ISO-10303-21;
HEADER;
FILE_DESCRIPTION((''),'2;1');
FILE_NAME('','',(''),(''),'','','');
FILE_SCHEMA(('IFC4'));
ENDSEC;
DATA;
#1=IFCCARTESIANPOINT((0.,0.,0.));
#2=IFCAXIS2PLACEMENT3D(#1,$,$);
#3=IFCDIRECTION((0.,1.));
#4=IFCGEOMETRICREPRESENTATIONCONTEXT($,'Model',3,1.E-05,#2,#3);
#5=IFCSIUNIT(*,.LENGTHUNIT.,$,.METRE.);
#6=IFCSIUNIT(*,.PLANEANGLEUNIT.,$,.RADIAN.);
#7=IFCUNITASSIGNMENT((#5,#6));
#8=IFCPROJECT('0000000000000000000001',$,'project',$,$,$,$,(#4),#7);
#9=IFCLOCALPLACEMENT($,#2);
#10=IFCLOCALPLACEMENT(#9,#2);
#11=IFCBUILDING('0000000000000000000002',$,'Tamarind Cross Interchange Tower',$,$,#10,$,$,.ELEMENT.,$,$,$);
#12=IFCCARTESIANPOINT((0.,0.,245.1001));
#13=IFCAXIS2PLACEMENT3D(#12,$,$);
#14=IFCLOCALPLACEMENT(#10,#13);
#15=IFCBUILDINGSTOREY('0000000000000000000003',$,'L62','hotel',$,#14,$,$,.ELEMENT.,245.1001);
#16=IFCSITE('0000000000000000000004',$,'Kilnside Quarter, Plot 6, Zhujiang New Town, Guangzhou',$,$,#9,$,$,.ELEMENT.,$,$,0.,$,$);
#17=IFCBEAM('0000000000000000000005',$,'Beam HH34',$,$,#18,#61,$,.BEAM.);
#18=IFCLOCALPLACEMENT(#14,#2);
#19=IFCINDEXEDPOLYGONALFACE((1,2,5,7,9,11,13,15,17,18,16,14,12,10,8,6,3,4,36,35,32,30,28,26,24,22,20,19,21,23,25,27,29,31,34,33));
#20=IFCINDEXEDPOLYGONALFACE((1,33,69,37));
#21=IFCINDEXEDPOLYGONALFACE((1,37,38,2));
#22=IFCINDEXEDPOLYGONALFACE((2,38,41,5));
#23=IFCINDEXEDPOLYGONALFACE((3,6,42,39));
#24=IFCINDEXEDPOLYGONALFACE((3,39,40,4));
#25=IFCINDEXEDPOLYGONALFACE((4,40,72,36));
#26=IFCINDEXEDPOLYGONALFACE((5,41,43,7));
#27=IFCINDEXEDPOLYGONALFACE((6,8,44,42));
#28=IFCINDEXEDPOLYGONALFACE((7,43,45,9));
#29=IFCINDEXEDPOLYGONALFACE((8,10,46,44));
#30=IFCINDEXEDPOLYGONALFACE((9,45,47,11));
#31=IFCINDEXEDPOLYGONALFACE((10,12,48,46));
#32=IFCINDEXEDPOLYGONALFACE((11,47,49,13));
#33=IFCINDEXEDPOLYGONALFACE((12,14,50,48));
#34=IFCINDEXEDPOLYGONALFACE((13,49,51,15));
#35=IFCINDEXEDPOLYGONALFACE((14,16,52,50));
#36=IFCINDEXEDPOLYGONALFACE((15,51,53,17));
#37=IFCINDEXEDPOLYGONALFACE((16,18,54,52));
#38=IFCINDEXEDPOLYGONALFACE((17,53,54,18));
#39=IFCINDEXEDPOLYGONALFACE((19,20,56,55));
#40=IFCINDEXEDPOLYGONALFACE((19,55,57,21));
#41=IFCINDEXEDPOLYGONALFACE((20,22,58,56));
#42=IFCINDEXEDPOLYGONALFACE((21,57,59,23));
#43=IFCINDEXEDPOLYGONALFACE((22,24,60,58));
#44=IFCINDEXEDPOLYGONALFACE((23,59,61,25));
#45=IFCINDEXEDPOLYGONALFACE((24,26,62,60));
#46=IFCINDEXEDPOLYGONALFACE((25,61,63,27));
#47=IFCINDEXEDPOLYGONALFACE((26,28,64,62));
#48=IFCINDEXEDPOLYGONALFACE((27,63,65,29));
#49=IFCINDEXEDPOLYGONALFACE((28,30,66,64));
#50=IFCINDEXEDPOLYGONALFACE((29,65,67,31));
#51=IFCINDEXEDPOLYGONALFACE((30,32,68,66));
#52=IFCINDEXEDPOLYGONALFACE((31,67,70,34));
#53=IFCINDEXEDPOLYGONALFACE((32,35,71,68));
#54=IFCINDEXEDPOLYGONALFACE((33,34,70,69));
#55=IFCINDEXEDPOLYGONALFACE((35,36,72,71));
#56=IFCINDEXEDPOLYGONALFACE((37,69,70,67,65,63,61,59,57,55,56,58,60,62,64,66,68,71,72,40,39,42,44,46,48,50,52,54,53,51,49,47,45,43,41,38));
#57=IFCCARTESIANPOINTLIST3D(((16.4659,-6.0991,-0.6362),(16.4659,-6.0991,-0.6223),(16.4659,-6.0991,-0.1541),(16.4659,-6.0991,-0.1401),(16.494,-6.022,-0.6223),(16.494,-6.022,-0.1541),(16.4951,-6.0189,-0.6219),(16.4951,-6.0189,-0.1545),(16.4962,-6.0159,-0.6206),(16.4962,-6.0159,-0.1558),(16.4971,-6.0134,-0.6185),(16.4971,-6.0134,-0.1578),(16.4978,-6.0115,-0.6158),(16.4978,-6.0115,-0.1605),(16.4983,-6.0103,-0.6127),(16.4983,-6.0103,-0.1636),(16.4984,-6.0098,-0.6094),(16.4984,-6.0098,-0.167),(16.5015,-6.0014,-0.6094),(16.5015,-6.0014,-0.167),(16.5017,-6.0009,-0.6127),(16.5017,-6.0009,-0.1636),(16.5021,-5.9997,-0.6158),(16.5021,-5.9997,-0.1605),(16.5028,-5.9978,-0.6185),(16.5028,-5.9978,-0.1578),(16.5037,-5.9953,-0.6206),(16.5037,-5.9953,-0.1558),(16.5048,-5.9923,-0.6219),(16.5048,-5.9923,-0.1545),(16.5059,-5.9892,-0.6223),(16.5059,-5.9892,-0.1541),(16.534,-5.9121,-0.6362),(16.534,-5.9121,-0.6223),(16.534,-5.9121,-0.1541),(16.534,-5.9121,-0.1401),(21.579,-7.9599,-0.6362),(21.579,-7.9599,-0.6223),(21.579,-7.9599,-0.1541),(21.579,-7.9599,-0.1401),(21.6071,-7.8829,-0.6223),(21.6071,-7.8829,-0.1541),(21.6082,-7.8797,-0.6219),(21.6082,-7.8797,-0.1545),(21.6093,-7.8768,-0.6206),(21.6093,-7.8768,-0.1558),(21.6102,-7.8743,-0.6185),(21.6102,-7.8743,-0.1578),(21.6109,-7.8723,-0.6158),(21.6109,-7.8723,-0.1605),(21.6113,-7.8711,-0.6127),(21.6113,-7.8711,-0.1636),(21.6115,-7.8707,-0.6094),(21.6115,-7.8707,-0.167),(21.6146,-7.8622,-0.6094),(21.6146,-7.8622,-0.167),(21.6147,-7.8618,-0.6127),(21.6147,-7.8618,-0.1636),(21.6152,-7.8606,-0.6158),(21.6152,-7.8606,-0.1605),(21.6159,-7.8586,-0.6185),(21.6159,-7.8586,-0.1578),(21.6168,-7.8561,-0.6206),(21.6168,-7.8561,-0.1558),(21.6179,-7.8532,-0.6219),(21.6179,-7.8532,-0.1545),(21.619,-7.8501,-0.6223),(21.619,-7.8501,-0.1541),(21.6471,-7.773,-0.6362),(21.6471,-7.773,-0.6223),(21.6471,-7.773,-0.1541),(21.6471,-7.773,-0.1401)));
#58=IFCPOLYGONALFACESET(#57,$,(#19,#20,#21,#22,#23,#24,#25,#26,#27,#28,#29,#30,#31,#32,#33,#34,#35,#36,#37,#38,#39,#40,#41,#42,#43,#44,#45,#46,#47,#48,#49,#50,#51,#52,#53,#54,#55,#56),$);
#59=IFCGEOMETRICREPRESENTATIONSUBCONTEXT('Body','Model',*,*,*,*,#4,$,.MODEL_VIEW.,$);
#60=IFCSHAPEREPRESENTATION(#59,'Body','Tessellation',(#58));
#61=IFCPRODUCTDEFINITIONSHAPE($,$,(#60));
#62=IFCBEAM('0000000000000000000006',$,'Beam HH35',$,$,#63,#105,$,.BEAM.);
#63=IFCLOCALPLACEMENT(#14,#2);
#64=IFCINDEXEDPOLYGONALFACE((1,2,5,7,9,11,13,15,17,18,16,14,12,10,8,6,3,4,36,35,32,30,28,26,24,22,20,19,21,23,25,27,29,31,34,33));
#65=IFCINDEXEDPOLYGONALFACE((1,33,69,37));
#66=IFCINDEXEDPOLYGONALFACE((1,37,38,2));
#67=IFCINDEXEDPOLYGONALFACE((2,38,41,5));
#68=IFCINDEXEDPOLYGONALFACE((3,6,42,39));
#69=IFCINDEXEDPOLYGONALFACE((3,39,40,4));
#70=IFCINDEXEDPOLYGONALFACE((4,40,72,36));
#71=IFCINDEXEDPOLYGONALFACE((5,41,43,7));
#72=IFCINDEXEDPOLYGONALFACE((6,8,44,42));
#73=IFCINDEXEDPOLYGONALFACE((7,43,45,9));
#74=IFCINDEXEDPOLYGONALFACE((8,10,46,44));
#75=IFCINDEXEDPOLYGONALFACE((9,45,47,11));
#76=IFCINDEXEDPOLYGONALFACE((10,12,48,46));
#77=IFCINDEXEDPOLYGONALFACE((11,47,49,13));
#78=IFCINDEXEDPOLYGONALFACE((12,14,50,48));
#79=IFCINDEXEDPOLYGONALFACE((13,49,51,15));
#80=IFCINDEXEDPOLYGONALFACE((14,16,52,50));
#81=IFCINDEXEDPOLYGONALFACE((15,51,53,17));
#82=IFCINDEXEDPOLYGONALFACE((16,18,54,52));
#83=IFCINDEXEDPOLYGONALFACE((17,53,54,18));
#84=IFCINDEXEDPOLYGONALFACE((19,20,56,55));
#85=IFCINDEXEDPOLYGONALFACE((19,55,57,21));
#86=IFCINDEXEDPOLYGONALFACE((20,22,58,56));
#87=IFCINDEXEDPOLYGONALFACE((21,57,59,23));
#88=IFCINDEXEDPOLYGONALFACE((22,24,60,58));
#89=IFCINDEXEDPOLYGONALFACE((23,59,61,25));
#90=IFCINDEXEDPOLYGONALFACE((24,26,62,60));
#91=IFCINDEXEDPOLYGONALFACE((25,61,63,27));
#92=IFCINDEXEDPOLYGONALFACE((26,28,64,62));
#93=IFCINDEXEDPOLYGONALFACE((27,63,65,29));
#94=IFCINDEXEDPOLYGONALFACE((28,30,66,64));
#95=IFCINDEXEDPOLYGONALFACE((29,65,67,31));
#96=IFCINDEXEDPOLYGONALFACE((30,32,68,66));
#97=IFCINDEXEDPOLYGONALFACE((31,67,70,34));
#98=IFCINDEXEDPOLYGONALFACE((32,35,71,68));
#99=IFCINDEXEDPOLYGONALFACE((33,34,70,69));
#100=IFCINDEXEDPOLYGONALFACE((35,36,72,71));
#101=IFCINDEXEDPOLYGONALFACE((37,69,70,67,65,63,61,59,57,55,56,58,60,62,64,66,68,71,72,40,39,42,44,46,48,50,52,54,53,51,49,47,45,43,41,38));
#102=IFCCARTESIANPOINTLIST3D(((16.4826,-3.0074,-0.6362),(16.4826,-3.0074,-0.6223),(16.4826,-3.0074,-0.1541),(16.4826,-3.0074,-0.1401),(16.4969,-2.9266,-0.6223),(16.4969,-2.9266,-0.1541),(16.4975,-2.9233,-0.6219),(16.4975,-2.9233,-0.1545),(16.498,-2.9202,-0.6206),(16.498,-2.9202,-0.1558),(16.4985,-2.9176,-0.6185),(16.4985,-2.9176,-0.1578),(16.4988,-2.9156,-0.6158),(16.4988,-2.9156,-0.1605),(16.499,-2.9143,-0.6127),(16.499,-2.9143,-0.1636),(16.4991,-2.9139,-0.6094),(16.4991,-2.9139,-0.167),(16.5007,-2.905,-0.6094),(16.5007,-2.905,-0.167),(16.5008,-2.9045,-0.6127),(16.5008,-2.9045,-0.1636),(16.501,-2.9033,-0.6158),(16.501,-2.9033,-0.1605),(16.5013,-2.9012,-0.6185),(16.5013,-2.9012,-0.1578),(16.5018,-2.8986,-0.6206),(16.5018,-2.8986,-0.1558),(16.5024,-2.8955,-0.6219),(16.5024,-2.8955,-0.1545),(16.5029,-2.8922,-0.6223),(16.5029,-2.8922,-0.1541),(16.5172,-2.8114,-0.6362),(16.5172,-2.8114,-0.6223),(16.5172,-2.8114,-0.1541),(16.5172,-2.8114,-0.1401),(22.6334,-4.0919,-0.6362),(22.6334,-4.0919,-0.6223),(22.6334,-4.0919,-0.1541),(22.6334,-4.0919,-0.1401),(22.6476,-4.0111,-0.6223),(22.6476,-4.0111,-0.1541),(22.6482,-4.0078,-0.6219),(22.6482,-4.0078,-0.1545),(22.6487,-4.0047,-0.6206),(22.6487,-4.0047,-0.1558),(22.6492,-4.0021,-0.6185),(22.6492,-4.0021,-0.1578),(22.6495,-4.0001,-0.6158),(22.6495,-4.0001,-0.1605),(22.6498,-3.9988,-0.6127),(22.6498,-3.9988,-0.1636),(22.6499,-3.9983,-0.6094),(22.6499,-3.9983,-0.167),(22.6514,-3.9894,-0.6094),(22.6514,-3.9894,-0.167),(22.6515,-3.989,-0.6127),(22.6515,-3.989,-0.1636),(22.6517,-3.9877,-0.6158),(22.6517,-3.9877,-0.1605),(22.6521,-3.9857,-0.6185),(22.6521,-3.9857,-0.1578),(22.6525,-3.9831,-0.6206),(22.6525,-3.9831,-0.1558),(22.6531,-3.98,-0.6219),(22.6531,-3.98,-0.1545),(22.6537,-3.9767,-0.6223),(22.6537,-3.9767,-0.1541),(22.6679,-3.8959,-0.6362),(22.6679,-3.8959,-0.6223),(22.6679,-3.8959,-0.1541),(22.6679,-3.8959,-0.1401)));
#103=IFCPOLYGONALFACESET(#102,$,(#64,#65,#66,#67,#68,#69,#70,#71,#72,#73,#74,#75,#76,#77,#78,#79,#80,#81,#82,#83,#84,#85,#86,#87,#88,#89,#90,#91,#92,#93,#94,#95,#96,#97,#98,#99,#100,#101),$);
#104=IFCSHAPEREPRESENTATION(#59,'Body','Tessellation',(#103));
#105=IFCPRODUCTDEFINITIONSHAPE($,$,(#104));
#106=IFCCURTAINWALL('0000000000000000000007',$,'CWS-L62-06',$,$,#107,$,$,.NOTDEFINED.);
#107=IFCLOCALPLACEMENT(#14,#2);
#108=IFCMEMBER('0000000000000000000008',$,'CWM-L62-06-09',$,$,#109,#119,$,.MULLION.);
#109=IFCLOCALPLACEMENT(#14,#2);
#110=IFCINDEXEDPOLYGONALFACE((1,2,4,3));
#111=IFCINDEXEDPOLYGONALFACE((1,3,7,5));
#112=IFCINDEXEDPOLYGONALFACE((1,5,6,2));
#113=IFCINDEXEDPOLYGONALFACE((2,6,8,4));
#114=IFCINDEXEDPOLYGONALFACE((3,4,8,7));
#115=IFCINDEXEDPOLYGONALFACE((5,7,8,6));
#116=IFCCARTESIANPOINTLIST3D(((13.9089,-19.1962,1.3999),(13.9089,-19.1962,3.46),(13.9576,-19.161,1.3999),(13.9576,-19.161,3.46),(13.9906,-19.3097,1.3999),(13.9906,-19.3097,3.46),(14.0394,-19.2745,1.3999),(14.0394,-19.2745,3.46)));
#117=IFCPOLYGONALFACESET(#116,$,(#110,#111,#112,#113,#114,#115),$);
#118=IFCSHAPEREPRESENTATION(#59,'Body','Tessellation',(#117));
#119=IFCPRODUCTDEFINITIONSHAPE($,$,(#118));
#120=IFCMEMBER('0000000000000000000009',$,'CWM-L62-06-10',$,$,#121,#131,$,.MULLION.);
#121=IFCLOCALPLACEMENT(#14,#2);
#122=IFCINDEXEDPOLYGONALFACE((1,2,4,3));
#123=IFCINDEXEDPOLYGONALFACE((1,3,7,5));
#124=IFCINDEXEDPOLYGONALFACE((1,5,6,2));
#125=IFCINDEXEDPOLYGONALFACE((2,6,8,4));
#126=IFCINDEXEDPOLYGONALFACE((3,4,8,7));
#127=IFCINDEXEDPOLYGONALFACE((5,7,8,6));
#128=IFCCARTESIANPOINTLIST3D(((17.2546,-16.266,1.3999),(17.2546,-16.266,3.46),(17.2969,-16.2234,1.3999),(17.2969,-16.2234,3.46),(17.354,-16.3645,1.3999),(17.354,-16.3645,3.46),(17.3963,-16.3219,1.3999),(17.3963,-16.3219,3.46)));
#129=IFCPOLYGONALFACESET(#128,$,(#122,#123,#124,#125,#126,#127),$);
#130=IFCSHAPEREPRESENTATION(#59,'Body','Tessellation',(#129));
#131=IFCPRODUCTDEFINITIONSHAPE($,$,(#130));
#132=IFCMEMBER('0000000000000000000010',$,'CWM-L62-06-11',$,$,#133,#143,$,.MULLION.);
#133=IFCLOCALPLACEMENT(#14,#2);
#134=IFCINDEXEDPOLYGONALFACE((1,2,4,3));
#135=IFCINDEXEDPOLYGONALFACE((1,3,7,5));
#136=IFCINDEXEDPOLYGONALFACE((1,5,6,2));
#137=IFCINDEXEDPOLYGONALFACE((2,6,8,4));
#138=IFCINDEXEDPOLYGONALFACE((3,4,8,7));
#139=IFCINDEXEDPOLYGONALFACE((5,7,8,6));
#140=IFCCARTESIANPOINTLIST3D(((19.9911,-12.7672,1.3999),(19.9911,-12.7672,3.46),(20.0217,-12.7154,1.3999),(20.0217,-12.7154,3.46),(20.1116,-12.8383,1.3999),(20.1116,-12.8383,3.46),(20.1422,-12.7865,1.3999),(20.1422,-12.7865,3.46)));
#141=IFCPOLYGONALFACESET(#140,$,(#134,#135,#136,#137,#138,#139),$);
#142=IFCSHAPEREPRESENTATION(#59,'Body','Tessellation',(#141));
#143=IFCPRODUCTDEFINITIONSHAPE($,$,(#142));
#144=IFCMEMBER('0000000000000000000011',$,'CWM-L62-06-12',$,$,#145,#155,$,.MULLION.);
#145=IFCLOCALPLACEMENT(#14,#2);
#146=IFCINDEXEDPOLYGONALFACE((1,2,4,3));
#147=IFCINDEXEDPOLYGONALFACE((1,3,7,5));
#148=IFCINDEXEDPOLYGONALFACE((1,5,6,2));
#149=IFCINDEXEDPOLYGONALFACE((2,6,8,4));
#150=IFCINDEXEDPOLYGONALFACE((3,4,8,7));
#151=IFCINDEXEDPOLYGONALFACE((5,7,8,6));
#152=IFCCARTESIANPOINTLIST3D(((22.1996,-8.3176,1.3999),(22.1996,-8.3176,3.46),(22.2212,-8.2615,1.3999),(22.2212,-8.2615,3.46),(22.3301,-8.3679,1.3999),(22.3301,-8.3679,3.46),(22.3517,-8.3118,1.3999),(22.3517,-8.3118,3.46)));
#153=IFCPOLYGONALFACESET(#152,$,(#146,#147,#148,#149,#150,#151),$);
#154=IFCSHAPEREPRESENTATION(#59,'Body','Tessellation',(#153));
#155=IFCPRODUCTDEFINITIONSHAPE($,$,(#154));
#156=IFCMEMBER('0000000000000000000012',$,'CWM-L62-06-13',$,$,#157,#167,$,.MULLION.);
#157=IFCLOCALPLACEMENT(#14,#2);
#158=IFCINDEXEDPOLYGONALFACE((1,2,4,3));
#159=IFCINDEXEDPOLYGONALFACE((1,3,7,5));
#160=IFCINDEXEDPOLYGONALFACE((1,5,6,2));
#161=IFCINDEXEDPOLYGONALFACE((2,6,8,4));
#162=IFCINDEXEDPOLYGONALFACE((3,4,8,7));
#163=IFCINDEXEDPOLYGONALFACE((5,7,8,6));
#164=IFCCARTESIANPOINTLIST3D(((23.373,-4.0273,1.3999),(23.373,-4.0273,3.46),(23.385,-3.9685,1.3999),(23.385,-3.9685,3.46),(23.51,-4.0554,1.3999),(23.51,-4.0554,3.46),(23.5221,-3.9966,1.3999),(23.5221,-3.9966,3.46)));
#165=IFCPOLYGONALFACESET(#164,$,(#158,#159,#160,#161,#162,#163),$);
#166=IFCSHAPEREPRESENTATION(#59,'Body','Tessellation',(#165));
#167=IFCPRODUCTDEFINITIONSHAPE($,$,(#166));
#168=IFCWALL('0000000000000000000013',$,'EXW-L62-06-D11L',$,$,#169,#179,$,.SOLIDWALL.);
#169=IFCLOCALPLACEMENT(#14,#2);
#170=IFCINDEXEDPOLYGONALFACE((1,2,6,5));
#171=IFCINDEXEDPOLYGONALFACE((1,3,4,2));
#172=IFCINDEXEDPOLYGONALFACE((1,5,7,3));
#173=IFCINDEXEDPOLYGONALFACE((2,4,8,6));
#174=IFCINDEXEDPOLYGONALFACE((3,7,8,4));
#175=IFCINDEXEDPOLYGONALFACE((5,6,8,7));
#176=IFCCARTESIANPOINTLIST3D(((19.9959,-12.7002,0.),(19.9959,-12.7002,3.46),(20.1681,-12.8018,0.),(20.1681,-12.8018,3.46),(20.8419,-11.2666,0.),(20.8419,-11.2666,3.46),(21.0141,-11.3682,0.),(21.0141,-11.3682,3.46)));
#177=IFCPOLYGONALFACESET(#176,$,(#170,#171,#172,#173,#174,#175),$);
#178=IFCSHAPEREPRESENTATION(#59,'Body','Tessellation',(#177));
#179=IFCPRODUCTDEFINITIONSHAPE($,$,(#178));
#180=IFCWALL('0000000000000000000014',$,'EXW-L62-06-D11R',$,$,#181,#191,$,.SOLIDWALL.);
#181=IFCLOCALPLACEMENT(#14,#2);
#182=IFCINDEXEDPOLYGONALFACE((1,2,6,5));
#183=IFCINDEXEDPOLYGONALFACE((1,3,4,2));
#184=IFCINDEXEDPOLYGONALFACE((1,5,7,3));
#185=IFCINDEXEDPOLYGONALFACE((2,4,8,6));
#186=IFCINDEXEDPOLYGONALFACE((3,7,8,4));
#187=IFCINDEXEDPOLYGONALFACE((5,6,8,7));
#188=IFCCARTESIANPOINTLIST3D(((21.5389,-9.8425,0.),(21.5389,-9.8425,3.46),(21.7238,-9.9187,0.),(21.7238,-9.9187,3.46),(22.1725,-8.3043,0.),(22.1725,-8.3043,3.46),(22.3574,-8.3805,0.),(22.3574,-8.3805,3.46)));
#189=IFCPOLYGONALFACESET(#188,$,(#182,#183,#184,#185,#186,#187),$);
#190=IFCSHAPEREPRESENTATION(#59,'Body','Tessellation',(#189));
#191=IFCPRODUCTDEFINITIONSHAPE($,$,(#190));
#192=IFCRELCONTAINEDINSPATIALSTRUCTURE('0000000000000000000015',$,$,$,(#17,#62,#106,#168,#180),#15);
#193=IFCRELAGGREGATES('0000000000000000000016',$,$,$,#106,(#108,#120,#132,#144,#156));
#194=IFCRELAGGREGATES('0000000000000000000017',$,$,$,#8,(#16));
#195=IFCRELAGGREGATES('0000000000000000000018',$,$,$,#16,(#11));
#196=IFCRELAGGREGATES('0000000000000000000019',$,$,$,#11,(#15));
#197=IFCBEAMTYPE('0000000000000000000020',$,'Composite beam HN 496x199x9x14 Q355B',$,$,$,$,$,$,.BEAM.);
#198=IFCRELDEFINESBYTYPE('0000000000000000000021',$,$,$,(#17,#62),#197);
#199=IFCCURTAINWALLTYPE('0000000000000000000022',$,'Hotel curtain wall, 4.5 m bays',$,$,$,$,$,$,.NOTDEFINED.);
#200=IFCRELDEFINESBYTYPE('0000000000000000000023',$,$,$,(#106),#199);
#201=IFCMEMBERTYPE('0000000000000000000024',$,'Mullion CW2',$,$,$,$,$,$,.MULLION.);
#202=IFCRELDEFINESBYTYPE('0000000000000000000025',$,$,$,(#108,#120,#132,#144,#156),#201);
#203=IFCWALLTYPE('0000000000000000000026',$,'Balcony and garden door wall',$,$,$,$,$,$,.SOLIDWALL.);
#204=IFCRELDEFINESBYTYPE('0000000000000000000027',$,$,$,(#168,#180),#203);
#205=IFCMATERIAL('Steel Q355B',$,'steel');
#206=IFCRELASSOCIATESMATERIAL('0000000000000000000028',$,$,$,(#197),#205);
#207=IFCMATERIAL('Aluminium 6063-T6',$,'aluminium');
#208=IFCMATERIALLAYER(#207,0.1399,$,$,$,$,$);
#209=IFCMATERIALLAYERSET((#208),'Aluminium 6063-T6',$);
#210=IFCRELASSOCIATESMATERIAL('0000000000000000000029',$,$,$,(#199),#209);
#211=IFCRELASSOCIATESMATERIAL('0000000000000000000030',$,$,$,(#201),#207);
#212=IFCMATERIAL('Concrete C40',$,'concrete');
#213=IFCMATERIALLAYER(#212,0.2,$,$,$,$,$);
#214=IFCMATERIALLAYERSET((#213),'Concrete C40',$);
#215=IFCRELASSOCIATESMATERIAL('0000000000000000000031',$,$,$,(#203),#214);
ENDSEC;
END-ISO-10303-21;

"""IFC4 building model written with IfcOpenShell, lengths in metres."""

from ifc_helpers import new_model, si_unit, direction, frame, frame_2d, origin, origin_2d, place, context, subcontext, project, spatial, rectangle, i_section, extrude, material, layer, layer_set, material_profile, profile_set, type_object, element, aggregate, save


model = new_model("IFC4")

# Units and contexts
model_context = context("Model", 3, precision=1e-05, world=origin(), true_north=direction((0.0, 1.0)))
body_context = subcontext(model_context, "Body", "Model", "MODEL_VIEW")
ifc_project = project(units=[si_unit("LENGTHUNIT", "METRE"), si_unit("PLANEANGLEUNIT", "RADIAN")], contexts=[model_context])

# Site, building, storey
site_placement = place(None, origin())
site = spatial("IfcSite", under=ifc_project, at=site_placement, Name="Kilnside Quarter, Plot 6, Zhujiang New Town, Guangzhou", CompositionType="ELEMENT", RefElevation=0.0)
building_placement = place(site_placement, origin())
building = spatial("IfcBuilding", under=site, at=building_placement, Name="Tamarind Cross Interchange Tower", CompositionType="ELEMENT")
storey_placement = place(building_placement, frame((0.0, 0.0, 245.1001)))
storey = spatial("IfcBuildingStorey", under=building, at=storey_placement, Name="L62", Description="hotel", CompositionType="ELEMENT", Elevation=245.1001)

# Beams
ifc_material_1 = material(Name="Steel Q355B", Category="steel")
ifc_material_profile_1 = material_profile(ifc_material_1, i_section(OverallWidth=0.199, OverallDepth=0.4961, WebThickness=0.009, FlangeThickness=0.0139, FilletRadius=0.0129, at=origin_2d()), Name="HN 496x199x9x14")
ifc_profile_set_1 = profile_set([ifc_material_profile_1], Name="Steel Q355B")
beam_type = type_object("IfcBeamType", Name="Composite beam HN 496x199x9x14 Q355B", PredefinedType="BEAM", material=ifc_profile_set_1)
beam_1_placement = place(storey_placement, frame((21.613, -7.8665, -0.3882), z_axis=(-0.939702, 0.341995, 0.0), x_axis=(-0.341995, -0.939702, 0.0)))
element("IfcBeam", 1, at=beam_1_placement, inside=storey, type_object=beam_type, Name="Beam HH34", PredefinedType="BEAM", context=body_context, shape_type="SweptSolid", body=[
    extrude(i_section(OverallWidth=0.199, OverallDepth=0.4961, WebThickness=0.009, FlangeThickness=0.0139, FilletRadius=0.0129, at=origin_2d()), origin(), (0.0, 0.0, 1.0), 5.4412),
])
beam_2_placement = place(storey_placement, frame((22.6506, -3.9939, -0.3882), z_axis=(-0.984809, 0.17364, 0.0), x_axis=(-0.17364, -0.984809, 0.0)))
element("IfcBeam", 2, at=beam_2_placement, inside=storey, type_object=beam_type, Name="Beam HH35", PredefinedType="BEAM", context=body_context, shape_type="SweptSolid", body=[
    extrude(i_section(OverallWidth=0.199, OverallDepth=0.4961, WebThickness=0.009, FlangeThickness=0.0139, FilletRadius=0.0129, at=origin_2d()), origin(), (0.0, 0.0, 1.0), 6.2456),
])

# Curtain wall, members
ifc_material_2 = material(Name="Aluminium 6063-T6", Category="aluminium")
ifc_layer_1 = layer(ifc_material_2, 0.1399)
ifc_layer_set_1 = layer_set([ifc_layer_1], Name="Aluminium 6063-T6")
curtain_wall_type = type_object("IfcCurtainWallType", Name="Hotel curtain wall, 4.5 m bays", PredefinedType="NOTDEFINED", material=ifc_layer_set_1)
curtain_wall_placement = place(storey_placement, origin())
curtain_wall = element("IfcCurtainWall", 3, at=curtain_wall_placement, inside=storey, type_object=curtain_wall_type, Name="CWS-L62-06", PredefinedType="NOTDEFINED")
ifc_material_profile_2 = material_profile(ifc_material_2, rectangle(XDim=0.0601, YDim=0.1399, at=origin_2d()), Name="Mullion CW2")
ifc_profile_set_2 = profile_set([ifc_material_profile_2], Name="Aluminium 6063-T6")
member_type = type_object("IfcMemberType", Name="Mullion CW2", PredefinedType="MULLION", material=ifc_profile_set_2)
member_1_placement = place(storey_placement, frame((13.9741, -19.2354, 1.3999), z_axis=(0.0, 0.0, 1.0), x_axis=(0.81134, 0.584574, 0.0)))
member_1 = element("IfcMember", 4, at=member_1_placement, type_object=member_type, Name="CWM-L62-06-09", PredefinedType="MULLION", context=body_context, shape_type="SweptSolid", body=[
    extrude(rectangle(XDim=0.0601, YDim=0.1399, at=origin_2d()), origin(), (0.0, 0.0, 1.0), 2.0601),
])
member_2_placement = place(storey_placement, frame((17.3254, -16.2939, 1.3999), z_axis=(0.0, 0.0, 1.0), x_axis=(0.704057, 0.710143, 0.0)))
member_2 = element("IfcMember", 5, at=member_2_placement, type_object=member_type, Name="CWM-L62-06-10", PredefinedType="MULLION", context=body_context, shape_type="SweptSolid", body=[
    extrude(rectangle(XDim=0.0601, YDim=0.1399, at=origin_2d()), origin(), (0.0, 0.0, 1.0), 2.0601),
])
member_3_placement = place(storey_placement, frame((20.0667, -12.7769, 1.3999), z_axis=(0.0, 0.0, 1.0), x_axis=(0.508183, 0.861249, 0.0)))
member_3 = element("IfcMember", 6, at=member_3_placement, type_object=member_type, Name="CWM-L62-06-11", PredefinedType="MULLION", context=body_context, shape_type="SweptSolid", body=[
    extrude(rectangle(XDim=0.0601, YDim=0.1399, at=origin_2d()), origin(), (0.0, 0.0, 1.0), 2.0601),
])
member_4_placement = place(storey_placement, frame((22.2756, -8.3147, 1.3999), z_axis=(0.0, 0.0, 1.0), x_axis=(0.359495, 0.933147, 0.0)))
member_4 = element("IfcMember", 7, at=member_4_placement, type_object=member_type, Name="CWM-L62-06-12", PredefinedType="MULLION", context=body_context, shape_type="SweptSolid", body=[
    extrude(rectangle(XDim=0.0601, YDim=0.1399, at=origin_2d()), origin(), (0.0, 0.0, 1.0), 2.0601),
])
member_5_placement = place(storey_placement, frame((23.4475, -4.012, 1.3999), z_axis=(0.0, 0.0, 1.0), x_axis=(0.201001, 0.979591, 0.0)))
member_5 = element("IfcMember", 8, at=member_5_placement, type_object=member_type, Name="CWM-L62-06-13", PredefinedType="MULLION", context=body_context, shape_type="SweptSolid", body=[
    extrude(rectangle(XDim=0.0601, YDim=0.1399, at=origin_2d()), origin(), (0.0, 0.0, 1.0), 2.0601),
])
aggregate(curtain_wall, [member_1, member_2, member_3, member_4, member_5])

# Walls
ifc_material_3 = material(Name="Concrete C40", Category="concrete")
ifc_layer_2 = layer(ifc_material_3, 0.2)
ifc_layer_set_2 = layer_set([ifc_layer_2], Name="Concrete C40")
wall_type_1 = type_object("IfcWallType", Name="Balcony and garden door wall", PredefinedType="SOLIDWALL", material=ifc_layer_set_2)
wall_1_placement = place(storey_placement, frame((20.082, -12.751, 0.0), z_axis=(0.0, 0.0, 1.0), x_axis=(0.508205, 0.861236, 0.0)))
element("IfcWall", 9, at=wall_1_placement, inside=storey, type_object=wall_type_1, Name="EXW-L62-06-D11L", PredefinedType="SOLIDWALL", context=body_context, shape_type="SweptSolid", body=[
    extrude(rectangle(XDim=1.6646, YDim=0.2, at=frame_2d((0.8323, 0.0))), origin(), (0.0, 0.0, 1.0), 3.46),
])
wall_2_placement = place(storey_placement, frame((21.6313, -9.8806, 0.0), z_axis=(0.0, 0.0, 1.0), x_axis=(0.380861, 0.924632, 0.0)))
element("IfcWall", 10, at=wall_2_placement, inside=storey, type_object=wall_type_1, Name="EXW-L62-06-D11R", PredefinedType="SOLIDWALL", context=body_context, shape_type="SweptSolid", body=[
    extrude(rectangle(XDim=1.6636, YDim=0.2, at=frame_2d((0.8318, 0.0))), origin(), (0.0, 0.0, 1.0), 3.46),
])

save(model, "model.ifc")
